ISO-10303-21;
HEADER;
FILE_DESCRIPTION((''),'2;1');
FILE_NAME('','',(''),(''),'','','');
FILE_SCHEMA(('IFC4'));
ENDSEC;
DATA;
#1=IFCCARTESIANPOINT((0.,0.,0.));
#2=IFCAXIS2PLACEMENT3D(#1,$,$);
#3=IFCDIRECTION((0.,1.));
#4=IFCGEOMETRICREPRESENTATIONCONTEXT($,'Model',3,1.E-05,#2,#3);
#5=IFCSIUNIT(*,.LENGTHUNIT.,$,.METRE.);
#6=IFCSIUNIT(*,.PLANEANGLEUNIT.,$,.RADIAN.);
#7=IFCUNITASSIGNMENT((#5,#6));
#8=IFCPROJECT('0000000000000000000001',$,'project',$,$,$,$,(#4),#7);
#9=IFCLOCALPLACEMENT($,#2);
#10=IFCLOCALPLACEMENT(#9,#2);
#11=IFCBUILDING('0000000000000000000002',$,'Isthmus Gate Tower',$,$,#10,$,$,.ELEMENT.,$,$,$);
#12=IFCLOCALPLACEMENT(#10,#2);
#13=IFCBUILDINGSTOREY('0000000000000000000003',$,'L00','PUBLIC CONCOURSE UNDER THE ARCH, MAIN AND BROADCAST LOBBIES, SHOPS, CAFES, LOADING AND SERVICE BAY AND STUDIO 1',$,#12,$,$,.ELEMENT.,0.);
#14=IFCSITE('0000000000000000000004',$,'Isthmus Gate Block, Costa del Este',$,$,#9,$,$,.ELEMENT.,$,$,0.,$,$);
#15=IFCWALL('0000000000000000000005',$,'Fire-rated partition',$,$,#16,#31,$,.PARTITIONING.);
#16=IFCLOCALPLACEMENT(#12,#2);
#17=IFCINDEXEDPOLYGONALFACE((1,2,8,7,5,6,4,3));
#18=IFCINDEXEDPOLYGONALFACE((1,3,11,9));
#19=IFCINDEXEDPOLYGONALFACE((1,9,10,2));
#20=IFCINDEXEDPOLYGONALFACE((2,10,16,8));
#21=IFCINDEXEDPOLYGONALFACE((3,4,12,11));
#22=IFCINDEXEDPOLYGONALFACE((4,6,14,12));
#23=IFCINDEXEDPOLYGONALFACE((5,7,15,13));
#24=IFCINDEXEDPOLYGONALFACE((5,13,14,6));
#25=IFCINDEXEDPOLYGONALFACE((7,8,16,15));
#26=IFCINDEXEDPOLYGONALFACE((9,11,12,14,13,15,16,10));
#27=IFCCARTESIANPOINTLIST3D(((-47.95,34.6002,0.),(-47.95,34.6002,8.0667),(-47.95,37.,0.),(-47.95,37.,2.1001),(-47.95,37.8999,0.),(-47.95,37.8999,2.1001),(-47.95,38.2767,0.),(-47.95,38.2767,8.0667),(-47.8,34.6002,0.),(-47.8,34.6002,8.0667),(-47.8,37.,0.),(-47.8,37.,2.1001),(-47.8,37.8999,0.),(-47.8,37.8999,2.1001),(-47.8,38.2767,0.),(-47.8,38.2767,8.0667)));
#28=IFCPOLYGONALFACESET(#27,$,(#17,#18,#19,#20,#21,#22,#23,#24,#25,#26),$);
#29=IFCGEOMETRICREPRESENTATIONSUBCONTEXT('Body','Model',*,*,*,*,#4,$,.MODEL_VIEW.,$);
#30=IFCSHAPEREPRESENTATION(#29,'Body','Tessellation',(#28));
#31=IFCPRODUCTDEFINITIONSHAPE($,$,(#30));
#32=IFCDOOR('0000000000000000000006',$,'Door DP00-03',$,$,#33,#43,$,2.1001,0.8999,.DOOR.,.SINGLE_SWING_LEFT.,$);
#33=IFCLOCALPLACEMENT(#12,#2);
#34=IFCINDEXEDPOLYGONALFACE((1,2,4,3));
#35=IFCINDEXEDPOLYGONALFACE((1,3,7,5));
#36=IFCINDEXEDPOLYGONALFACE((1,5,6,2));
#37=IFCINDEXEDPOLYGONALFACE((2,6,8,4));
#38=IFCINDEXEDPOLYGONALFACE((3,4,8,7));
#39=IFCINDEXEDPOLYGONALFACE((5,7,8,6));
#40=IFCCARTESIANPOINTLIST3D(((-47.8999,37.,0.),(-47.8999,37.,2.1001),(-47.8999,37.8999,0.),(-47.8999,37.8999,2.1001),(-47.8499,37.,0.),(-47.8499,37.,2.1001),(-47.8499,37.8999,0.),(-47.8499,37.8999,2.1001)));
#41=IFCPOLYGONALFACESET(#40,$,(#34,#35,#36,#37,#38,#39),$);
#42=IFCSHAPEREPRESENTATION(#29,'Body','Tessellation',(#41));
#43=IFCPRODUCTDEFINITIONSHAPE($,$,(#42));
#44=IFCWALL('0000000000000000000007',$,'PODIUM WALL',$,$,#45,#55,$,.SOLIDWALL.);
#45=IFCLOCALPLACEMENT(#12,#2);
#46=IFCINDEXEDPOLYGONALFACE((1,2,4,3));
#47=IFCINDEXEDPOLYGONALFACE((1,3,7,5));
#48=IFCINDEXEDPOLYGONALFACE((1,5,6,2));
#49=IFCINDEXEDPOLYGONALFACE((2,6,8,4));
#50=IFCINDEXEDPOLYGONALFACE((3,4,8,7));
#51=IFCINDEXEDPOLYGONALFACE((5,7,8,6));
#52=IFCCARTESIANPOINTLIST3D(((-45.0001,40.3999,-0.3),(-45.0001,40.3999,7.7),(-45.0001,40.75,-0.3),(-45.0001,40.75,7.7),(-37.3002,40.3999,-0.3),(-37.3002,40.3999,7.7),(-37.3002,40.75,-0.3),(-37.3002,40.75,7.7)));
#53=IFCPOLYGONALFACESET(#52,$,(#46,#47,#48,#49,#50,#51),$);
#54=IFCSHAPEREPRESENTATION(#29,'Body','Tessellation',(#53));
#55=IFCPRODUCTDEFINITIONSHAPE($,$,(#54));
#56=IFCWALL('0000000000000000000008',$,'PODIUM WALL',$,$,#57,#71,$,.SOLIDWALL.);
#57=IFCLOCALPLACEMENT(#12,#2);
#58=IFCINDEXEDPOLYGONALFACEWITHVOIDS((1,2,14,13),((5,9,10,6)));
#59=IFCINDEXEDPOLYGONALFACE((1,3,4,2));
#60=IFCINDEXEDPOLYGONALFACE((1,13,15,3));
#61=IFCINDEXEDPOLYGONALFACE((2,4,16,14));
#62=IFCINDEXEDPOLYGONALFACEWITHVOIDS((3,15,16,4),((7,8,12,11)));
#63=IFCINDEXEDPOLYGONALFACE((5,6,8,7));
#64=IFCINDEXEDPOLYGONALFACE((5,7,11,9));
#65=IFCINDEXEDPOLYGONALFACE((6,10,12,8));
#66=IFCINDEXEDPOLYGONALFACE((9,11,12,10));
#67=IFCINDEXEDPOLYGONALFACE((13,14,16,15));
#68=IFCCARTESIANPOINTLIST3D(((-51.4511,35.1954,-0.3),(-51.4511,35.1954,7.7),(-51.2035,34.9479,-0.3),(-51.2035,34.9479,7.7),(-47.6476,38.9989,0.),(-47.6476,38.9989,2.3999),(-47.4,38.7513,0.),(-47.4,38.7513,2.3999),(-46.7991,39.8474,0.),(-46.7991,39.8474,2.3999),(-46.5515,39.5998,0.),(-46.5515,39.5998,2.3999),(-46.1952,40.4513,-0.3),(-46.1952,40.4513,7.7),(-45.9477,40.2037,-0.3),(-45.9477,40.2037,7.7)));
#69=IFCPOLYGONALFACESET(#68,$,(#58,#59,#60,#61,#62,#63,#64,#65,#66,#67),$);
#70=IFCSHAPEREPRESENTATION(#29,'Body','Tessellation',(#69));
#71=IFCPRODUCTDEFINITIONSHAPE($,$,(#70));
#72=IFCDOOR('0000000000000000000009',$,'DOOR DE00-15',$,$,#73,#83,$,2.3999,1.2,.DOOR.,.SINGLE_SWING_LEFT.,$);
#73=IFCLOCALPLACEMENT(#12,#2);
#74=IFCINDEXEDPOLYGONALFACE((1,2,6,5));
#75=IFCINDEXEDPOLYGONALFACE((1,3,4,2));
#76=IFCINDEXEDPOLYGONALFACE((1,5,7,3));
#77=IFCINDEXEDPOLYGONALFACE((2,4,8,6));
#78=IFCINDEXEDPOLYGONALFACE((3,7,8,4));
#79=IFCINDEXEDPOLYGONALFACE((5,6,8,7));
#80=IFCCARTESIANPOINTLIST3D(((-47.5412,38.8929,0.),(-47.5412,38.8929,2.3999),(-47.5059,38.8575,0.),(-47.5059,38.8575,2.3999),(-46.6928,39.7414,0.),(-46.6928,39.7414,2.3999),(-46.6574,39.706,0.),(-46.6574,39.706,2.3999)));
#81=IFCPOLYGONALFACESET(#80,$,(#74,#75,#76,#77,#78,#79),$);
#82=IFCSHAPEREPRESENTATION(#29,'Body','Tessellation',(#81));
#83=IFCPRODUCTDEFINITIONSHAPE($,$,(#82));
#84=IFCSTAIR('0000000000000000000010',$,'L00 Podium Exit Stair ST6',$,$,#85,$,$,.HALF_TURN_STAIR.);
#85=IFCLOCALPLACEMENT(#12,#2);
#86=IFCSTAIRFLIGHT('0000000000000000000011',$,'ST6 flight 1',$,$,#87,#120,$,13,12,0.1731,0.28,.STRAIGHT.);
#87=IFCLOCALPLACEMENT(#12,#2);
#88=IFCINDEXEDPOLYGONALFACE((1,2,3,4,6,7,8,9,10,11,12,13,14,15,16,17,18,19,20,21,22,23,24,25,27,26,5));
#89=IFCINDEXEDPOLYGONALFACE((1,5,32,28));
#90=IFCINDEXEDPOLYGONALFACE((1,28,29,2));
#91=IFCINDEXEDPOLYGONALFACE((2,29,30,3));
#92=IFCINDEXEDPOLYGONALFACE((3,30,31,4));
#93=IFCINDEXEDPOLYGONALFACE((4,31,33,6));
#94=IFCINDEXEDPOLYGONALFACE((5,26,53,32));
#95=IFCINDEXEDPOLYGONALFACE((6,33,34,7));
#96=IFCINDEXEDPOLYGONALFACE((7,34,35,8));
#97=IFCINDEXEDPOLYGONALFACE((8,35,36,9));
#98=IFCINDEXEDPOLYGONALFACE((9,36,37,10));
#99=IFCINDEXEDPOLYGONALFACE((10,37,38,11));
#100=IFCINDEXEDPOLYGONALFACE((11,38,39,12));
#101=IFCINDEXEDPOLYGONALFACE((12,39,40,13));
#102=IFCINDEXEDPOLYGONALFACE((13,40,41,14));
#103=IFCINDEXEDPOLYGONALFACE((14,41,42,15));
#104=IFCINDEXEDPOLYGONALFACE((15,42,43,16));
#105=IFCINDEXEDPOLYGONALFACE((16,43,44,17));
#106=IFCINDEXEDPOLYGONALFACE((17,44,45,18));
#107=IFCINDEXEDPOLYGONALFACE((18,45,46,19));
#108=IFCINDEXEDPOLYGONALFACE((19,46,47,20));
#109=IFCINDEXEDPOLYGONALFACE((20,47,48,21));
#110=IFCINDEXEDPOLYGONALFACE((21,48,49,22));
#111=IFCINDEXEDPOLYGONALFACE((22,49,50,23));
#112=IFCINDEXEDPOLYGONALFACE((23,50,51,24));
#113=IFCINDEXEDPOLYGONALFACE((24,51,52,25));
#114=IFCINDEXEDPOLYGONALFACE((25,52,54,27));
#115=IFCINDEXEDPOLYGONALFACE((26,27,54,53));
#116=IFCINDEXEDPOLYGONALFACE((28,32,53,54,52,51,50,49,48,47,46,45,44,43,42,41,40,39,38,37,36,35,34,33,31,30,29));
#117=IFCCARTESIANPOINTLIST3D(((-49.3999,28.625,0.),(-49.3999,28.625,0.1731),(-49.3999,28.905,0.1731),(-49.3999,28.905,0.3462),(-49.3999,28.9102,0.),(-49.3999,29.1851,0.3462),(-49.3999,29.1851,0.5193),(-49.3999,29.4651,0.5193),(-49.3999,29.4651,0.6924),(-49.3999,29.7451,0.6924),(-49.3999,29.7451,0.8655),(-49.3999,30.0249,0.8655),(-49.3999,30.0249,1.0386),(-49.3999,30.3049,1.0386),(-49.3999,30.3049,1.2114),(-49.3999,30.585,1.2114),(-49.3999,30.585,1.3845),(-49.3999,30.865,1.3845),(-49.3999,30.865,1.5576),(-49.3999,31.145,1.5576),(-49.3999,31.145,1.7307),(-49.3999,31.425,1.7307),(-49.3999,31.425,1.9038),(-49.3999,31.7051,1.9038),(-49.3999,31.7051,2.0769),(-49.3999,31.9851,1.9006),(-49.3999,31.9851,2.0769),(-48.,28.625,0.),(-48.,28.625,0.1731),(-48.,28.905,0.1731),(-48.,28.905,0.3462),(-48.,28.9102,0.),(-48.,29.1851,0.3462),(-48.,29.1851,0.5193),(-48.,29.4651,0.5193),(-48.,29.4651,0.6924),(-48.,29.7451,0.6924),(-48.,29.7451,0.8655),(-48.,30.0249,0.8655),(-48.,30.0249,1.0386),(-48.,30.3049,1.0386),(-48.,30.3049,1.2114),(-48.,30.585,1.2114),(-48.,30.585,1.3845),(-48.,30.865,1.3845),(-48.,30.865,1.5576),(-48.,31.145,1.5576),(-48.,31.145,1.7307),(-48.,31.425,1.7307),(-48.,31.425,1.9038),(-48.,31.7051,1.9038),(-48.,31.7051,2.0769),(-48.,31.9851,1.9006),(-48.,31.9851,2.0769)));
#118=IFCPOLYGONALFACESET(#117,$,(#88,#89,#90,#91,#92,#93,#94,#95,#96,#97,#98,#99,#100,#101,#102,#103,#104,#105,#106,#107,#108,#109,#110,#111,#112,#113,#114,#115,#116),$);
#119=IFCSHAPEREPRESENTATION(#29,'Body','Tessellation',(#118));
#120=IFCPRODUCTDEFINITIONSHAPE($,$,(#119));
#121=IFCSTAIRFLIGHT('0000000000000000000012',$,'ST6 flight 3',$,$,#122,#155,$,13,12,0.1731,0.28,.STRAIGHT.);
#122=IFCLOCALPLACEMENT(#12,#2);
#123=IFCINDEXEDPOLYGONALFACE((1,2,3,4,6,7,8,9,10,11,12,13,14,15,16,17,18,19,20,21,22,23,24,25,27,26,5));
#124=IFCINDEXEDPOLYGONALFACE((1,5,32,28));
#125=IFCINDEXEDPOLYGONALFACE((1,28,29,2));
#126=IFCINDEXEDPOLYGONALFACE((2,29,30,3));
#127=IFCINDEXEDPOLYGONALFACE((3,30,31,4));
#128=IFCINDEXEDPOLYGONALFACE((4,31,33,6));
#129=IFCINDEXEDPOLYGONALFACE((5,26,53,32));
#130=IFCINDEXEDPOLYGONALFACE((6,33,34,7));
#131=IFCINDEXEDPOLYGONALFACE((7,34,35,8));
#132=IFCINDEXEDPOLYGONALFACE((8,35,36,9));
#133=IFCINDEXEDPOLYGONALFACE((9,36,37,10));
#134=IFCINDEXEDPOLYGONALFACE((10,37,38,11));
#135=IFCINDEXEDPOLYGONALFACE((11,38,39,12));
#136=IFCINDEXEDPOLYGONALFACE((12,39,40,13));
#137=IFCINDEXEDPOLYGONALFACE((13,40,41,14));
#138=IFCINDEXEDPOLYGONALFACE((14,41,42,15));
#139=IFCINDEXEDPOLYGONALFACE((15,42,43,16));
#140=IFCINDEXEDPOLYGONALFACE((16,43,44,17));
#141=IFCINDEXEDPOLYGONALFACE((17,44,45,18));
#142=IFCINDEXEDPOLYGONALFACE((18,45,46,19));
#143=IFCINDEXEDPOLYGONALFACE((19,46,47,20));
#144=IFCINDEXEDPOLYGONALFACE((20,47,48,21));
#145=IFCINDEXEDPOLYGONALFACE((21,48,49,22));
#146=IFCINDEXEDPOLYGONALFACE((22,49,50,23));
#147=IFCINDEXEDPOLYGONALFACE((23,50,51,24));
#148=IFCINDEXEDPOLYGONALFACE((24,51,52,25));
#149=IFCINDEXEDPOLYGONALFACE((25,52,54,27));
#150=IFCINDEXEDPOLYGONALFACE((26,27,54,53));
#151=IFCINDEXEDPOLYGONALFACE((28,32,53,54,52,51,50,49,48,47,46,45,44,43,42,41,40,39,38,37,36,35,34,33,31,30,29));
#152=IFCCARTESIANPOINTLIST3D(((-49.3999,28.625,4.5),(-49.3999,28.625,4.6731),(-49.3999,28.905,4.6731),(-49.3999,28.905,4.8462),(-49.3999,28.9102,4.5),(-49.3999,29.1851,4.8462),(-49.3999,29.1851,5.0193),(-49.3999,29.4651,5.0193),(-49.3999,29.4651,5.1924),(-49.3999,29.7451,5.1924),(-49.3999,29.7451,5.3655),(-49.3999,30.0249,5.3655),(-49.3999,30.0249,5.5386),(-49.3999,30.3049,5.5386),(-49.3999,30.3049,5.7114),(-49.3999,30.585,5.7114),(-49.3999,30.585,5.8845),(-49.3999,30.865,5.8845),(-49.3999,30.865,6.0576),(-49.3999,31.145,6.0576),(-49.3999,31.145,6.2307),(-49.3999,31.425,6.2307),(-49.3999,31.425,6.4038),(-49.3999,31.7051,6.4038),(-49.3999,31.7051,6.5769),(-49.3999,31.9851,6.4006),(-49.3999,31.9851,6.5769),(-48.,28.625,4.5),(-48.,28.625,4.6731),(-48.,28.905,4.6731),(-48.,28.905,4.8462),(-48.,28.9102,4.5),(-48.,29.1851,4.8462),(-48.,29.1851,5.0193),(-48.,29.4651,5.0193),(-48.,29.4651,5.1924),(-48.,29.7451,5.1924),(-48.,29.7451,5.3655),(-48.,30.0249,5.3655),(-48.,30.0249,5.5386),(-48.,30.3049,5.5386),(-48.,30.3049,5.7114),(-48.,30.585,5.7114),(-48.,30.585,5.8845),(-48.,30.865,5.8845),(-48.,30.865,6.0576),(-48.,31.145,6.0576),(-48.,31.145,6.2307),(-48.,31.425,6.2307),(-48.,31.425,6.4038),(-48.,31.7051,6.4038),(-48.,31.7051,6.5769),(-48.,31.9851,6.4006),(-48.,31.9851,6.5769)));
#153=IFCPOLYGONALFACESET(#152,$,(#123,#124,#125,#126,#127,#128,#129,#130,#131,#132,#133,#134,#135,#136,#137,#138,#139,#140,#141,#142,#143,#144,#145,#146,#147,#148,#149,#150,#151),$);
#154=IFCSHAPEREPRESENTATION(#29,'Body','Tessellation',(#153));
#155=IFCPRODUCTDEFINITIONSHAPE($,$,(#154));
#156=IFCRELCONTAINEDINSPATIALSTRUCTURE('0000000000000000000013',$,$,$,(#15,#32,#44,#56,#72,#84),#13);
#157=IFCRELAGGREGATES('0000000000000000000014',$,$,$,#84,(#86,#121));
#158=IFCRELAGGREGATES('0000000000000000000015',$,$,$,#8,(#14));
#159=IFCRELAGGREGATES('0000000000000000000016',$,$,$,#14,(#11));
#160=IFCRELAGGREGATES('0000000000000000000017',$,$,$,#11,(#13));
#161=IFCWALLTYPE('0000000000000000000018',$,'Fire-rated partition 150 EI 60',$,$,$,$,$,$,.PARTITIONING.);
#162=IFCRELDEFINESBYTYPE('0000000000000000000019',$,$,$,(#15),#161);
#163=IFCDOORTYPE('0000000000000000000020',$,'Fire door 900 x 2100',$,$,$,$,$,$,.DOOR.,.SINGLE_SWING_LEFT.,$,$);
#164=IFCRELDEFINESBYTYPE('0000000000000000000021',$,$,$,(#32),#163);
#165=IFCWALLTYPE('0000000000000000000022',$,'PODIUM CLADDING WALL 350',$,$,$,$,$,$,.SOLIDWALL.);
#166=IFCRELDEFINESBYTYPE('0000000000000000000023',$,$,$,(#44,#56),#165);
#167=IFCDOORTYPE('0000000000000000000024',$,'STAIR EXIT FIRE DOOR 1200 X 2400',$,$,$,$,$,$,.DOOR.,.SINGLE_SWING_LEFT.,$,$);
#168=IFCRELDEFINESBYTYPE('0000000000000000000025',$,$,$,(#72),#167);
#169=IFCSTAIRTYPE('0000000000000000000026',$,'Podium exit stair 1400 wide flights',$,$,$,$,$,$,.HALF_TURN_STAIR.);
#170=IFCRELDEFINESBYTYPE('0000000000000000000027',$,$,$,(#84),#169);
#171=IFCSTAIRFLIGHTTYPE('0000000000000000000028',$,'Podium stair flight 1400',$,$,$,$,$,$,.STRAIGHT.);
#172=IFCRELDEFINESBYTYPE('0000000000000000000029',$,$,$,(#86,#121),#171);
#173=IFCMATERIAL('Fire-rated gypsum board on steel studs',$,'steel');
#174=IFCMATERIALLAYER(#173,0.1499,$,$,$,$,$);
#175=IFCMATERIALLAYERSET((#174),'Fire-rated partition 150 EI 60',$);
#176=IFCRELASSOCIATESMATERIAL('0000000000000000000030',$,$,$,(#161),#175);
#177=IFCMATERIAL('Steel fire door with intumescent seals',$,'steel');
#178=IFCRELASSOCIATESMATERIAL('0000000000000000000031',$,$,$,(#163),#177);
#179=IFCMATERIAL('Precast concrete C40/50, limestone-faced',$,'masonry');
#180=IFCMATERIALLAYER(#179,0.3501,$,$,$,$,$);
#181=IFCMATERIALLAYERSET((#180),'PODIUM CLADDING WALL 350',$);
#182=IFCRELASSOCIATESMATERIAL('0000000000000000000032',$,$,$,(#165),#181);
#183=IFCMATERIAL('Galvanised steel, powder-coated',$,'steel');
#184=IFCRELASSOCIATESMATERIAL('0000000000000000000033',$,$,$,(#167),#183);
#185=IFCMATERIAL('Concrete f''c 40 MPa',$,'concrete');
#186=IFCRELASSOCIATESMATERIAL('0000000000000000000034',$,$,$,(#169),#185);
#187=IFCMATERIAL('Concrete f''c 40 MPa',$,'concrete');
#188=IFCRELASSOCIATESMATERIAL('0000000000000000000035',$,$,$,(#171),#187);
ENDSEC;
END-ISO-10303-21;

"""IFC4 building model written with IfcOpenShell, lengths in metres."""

from ifc_helpers import new_model, si_unit, direction, frame, frame_2d, origin, place, context, subcontext, project, spatial, polyline, rectangle, outline, extrude, material, layer, layer_set, type_object, element, fill, aggregate, save


model = new_model("IFC4")

# Units and contexts
model_context = context("Model", 3, precision=1e-05, world=origin(), true_north=direction((0.0, 1.0)))
body_context = subcontext(model_context, "Body", "Model", "MODEL_VIEW")
ifc_project = project(units=[si_unit("LENGTHUNIT", "METRE"), si_unit("PLANEANGLEUNIT", "RADIAN")], contexts=[model_context])

# Site, building, storey
site_placement = place(None, origin())
site = spatial("IfcSite", under=ifc_project, at=site_placement, Name="Isthmus Gate Block, Costa del Este", CompositionType="ELEMENT", RefElevation=0.0)
building_placement = place(site_placement, origin())
building = spatial("IfcBuilding", under=site, at=building_placement, Name="Isthmus Gate Tower", CompositionType="ELEMENT")
storey_placement = place(building_placement, origin())
storey = spatial("IfcBuildingStorey", under=building, at=storey_placement, Name="L00", Description="PUBLIC CONCOURSE UNDER THE ARCH, MAIN AND BROADCAST LOBBIES, SHOPS, CAFES, LOADING AND SERVICE BAY AND STUDIO 1", CompositionType="ELEMENT", Elevation=0.0)

# Wall, opening, door
ifc_material_1 = material(Name="Fire-rated gypsum board on steel studs", Category="steel")
ifc_layer_1 = layer(ifc_material_1, 0.1499)
ifc_layer_set_1 = layer_set([ifc_layer_1], Name="Fire-rated partition 150 EI 60")
wall_type_1 = type_object("IfcWallType", Name="Fire-rated partition 150 EI 60", PredefinedType="PARTITIONING", material=ifc_layer_set_1)
wall_1_placement = place(storey_placement, frame((-47.875, 34.6001, 0.0), z_axis=(0.0, 0.0, 1.0), x_axis=(0.0, 1.0, 0.0)))
wall_1 = element("IfcWall", 1, at=wall_1_placement, inside=storey, type_object=wall_type_1, Name="Fire-rated partition", PredefinedType="PARTITIONING", context=body_context, shape_type="SweptSolid", body=[
    extrude(rectangle(XDim=3.6765, YDim=0.1499, at=frame_2d((1.8384, 0.0))), origin(), (0.0, 0.0, 1.0), 8.0667),
])
opening_1_placement = place(wall_1_placement, frame((2.3999, 0.0, 0.0)))
opening_1 = element("IfcOpeningElement", 2, at=opening_1_placement, cuts=wall_1, PredefinedType="OPENING", context=body_context, shape_type="SweptSolid", body=[
    extrude(rectangle(XDim=0.8999, YDim=2.1001, at=frame_2d((0.45, 1.05))), frame((0.0, 0.085, 0.0), z_axis=(0.0, -1.0, 0.0), x_axis=(1.0, 0.0, 0.0)), (0.0, 0.0, 1.0), 0.1699),
])
ifc_material_2 = material(Name="Steel fire door with intumescent seals", Category="steel")
door_type_1 = type_object("IfcDoorType", Name="Fire door 900 x 2100", OperationType="SINGLE_SWING_LEFT", PredefinedType="DOOR", material=ifc_material_2)
door_1_placement = place(opening_1_placement, origin())
door_1 = element("IfcDoor", 3, at=door_1_placement, inside=storey, type_object=door_type_1, Name="Door DP00-03", OperationType="SINGLE_SWING_LEFT", OverallHeight=2.1001, OverallWidth=0.8999, PredefinedType="DOOR", context=body_context, shape_type="SweptSolid", body=[
    extrude(rectangle(XDim=0.8999, YDim=2.1001, at=frame_2d((0.45, 1.05))), frame((0.0, 0.0249, 0.0), z_axis=(0.0, -1.0, 0.0), x_axis=(1.0, 0.0, 0.0)), (0.0, 0.0, 1.0), 0.05),
])
fill(opening_1, door_1)

# Wall
ifc_material_3 = material(Name="Precast concrete C40/50, limestone-faced", Category="masonry")
ifc_layer_2 = layer(ifc_material_3, 0.3501)
ifc_layer_set_2 = layer_set([ifc_layer_2], Name="PODIUM CLADDING WALL 350")
wall_type_2 = type_object("IfcWallType", Name="PODIUM CLADDING WALL 350", PredefinedType="SOLIDWALL", material=ifc_layer_set_2)
wall_2_placement = place(storey_placement, frame((-37.3, 40.575, -0.3), z_axis=(0.0, 0.0, 1.0), x_axis=(-1.0, 0.0, 0.0)))
element("IfcWall", 4, at=wall_2_placement, inside=storey, type_object=wall_type_2, Name="PODIUM WALL", PredefinedType="SOLIDWALL", context=body_context, shape_type="SweptSolid", body=[
    extrude(rectangle(XDim=7.7, YDim=0.3501, at=frame_2d((3.8501, 0.0))), origin(), (0.0, 0.0, 1.0), 8.0),
])

# Wall, opening, door
wall_3_placement = place(storey_placement, frame((-46.0715, 40.3274, -0.3), z_axis=(0.0, 0.0, 1.0), x_axis=(-0.707107, -0.707107, 0.0)))
wall_3 = element("IfcWall", 5, at=wall_3_placement, inside=storey, type_object=wall_type_2, Name="PODIUM WALL", PredefinedType="SOLIDWALL", context=body_context, shape_type="SweptSolid", body=[
    extrude(rectangle(XDim=7.4329, YDim=0.3501, at=frame_2d((3.7163, 0.0))), origin(), (0.0, 0.0, 1.0), 8.0),
])
opening_2_placement = place(wall_3_placement, frame((0.8538, 0.0, 0.3)))
opening_2 = element("IfcOpeningElement", 6, at=opening_2_placement, cuts=wall_3, PredefinedType="OPENING", context=body_context, shape_type="SweptSolid", body=[
    extrude(rectangle(XDim=1.2, YDim=2.3999, at=frame_2d((0.6001, 1.2))), frame((0.0, 0.1851, 0.0), z_axis=(0.0, -1.0, 0.0), x_axis=(1.0, 0.0, 0.0)), (0.0, 0.0, 1.0), 0.3701),
])
ifc_material_4 = material(Name="Galvanised steel, powder-coated", Category="steel")
door_type_2 = type_object("IfcDoorType", Name="STAIR EXIT FIRE DOOR 1200 X 2400", OperationType="SINGLE_SWING_LEFT", PredefinedType="DOOR", material=ifc_material_4)
door_2_placement = place(opening_2_placement, frame((1.2, 0.0, 0.0), z_axis=(0.0, 0.0, 1.0), x_axis=(-1.0, 0.0, 0.0)))
door_2 = element("IfcDoor", 7, at=door_2_placement, inside=storey, type_object=door_type_2, Name="DOOR DE00-15", OperationType="SINGLE_SWING_LEFT", OverallHeight=2.3999, OverallWidth=1.2, PredefinedType="DOOR", context=body_context, shape_type="SweptSolid", body=[
    extrude(rectangle(XDim=1.2, YDim=2.3999, at=frame_2d((0.6001, 1.2))), frame((0.0, 0.0249, 0.0), z_axis=(0.0, -1.0, 0.0), x_axis=(1.0, 0.0, 0.0)), (0.0, 0.0, 1.0), 0.05),
])
fill(opening_2, door_2)

# Stair, stair flights
ifc_material_5 = material(Name="Concrete f'c 40 MPa", Category="concrete")
stair_type = type_object("IfcStairType", Name="Podium exit stair 1400 wide flights", PredefinedType="HALF_TURN_STAIR", material=ifc_material_5)
stair_placement = place(storey_placement, origin())
stair = element("IfcStair", 8, at=stair_placement, inside=storey, type_object=stair_type, Name="L00 Podium Exit Stair ST6", PredefinedType="HALF_TURN_STAIR")
ifc_material_6 = material(Name="Concrete f'c 40 MPa", Category="concrete")
stair_flight_type = type_object("IfcStairFlightType", Name="Podium stair flight 1400", PredefinedType="STRAIGHT", material=ifc_material_6)
stair_flight_1_placement = place(storey_placement, frame((-48.7, 28.625, 0.0), z_axis=(0.0, 0.0, 1.0), x_axis=(0.0, 1.0, 0.0)))
stair_flight_1 = element("IfcStairFlight", 9, at=stair_flight_1_placement, type_object=stair_flight_type, Name="ST6 flight 1", NumberOfRisers=13, NumberOfTreads=12, PredefinedType="STRAIGHT", RiserHeight=0.1731, TreadLength=0.28, context=body_context, shape_type="SweptSolid", body=[
    extrude(outline(polyline([(0.0, 0.0), (0.0, 0.1731), (0.28, 0.1731), (0.28, 0.3462), (0.5601, 0.3462), (0.5601, 0.5193), (0.8401, 0.5193), (0.8401, 0.6924), (1.1201, 0.6924), (1.1201, 0.8655), (1.3999, 0.8655), (1.3999, 1.0386), (1.6799, 1.0386), (1.6799, 1.2114), (1.96, 1.2114), (1.96, 1.3845), (2.24, 1.3845), (2.24, 1.5576), (2.52, 1.5576), (2.52, 1.7307), (2.8, 1.7307), (2.8, 1.9038), (3.0801, 1.9038), (3.0801, 2.0769), (3.3601, 2.0769), (3.3601, 2.25), (3.3601, 1.9006), (0.2852, 0.0), (0.0, 0.0)])), frame((0.0, 0.7, 0.0), z_axis=(0.0, -1.0, 0.0), x_axis=(1.0, 0.0, 0.0)), (0.0, 0.0, 1.0), 1.3999),
])
stair_flight_2_placement = place(storey_placement, frame((-48.7, 28.625, 4.5), z_axis=(0.0, 0.0, 1.0), x_axis=(0.0, 1.0, 0.0)))
stair_flight_2 = element("IfcStairFlight", 10, at=stair_flight_2_placement, type_object=stair_flight_type, Name="ST6 flight 3", NumberOfRisers=13, NumberOfTreads=12, PredefinedType="STRAIGHT", RiserHeight=0.1731, TreadLength=0.28, context=body_context, shape_type="SweptSolid", body=[
    extrude(outline(polyline([(0.0, 0.0), (0.0, 0.1731), (0.28, 0.1731), (0.28, 0.3462), (0.5601, 0.3462), (0.5601, 0.5193), (0.8401, 0.5193), (0.8401, 0.6924), (1.1201, 0.6924), (1.1201, 0.8655), (1.3999, 0.8655), (1.3999, 1.0386), (1.6799, 1.0386), (1.6799, 1.2114), (1.96, 1.2114), (1.96, 1.3845), (2.24, 1.3845), (2.24, 1.5576), (2.52, 1.5576), (2.52, 1.7307), (2.8, 1.7307), (2.8, 1.9038), (3.0801, 1.9038), (3.0801, 2.0769), (3.3601, 2.0769), (3.3601, 2.25), (3.3601, 1.9006), (0.2852, 0.0), (0.0, 0.0)])), frame((0.0, 0.7, 0.0), z_axis=(0.0, -1.0, 0.0), x_axis=(1.0, 0.0, 0.0)), (0.0, 0.0, 1.0), 1.3999),
])
aggregate(stair, [stair_flight_1, stair_flight_2])

save(model, "model.ifc")
